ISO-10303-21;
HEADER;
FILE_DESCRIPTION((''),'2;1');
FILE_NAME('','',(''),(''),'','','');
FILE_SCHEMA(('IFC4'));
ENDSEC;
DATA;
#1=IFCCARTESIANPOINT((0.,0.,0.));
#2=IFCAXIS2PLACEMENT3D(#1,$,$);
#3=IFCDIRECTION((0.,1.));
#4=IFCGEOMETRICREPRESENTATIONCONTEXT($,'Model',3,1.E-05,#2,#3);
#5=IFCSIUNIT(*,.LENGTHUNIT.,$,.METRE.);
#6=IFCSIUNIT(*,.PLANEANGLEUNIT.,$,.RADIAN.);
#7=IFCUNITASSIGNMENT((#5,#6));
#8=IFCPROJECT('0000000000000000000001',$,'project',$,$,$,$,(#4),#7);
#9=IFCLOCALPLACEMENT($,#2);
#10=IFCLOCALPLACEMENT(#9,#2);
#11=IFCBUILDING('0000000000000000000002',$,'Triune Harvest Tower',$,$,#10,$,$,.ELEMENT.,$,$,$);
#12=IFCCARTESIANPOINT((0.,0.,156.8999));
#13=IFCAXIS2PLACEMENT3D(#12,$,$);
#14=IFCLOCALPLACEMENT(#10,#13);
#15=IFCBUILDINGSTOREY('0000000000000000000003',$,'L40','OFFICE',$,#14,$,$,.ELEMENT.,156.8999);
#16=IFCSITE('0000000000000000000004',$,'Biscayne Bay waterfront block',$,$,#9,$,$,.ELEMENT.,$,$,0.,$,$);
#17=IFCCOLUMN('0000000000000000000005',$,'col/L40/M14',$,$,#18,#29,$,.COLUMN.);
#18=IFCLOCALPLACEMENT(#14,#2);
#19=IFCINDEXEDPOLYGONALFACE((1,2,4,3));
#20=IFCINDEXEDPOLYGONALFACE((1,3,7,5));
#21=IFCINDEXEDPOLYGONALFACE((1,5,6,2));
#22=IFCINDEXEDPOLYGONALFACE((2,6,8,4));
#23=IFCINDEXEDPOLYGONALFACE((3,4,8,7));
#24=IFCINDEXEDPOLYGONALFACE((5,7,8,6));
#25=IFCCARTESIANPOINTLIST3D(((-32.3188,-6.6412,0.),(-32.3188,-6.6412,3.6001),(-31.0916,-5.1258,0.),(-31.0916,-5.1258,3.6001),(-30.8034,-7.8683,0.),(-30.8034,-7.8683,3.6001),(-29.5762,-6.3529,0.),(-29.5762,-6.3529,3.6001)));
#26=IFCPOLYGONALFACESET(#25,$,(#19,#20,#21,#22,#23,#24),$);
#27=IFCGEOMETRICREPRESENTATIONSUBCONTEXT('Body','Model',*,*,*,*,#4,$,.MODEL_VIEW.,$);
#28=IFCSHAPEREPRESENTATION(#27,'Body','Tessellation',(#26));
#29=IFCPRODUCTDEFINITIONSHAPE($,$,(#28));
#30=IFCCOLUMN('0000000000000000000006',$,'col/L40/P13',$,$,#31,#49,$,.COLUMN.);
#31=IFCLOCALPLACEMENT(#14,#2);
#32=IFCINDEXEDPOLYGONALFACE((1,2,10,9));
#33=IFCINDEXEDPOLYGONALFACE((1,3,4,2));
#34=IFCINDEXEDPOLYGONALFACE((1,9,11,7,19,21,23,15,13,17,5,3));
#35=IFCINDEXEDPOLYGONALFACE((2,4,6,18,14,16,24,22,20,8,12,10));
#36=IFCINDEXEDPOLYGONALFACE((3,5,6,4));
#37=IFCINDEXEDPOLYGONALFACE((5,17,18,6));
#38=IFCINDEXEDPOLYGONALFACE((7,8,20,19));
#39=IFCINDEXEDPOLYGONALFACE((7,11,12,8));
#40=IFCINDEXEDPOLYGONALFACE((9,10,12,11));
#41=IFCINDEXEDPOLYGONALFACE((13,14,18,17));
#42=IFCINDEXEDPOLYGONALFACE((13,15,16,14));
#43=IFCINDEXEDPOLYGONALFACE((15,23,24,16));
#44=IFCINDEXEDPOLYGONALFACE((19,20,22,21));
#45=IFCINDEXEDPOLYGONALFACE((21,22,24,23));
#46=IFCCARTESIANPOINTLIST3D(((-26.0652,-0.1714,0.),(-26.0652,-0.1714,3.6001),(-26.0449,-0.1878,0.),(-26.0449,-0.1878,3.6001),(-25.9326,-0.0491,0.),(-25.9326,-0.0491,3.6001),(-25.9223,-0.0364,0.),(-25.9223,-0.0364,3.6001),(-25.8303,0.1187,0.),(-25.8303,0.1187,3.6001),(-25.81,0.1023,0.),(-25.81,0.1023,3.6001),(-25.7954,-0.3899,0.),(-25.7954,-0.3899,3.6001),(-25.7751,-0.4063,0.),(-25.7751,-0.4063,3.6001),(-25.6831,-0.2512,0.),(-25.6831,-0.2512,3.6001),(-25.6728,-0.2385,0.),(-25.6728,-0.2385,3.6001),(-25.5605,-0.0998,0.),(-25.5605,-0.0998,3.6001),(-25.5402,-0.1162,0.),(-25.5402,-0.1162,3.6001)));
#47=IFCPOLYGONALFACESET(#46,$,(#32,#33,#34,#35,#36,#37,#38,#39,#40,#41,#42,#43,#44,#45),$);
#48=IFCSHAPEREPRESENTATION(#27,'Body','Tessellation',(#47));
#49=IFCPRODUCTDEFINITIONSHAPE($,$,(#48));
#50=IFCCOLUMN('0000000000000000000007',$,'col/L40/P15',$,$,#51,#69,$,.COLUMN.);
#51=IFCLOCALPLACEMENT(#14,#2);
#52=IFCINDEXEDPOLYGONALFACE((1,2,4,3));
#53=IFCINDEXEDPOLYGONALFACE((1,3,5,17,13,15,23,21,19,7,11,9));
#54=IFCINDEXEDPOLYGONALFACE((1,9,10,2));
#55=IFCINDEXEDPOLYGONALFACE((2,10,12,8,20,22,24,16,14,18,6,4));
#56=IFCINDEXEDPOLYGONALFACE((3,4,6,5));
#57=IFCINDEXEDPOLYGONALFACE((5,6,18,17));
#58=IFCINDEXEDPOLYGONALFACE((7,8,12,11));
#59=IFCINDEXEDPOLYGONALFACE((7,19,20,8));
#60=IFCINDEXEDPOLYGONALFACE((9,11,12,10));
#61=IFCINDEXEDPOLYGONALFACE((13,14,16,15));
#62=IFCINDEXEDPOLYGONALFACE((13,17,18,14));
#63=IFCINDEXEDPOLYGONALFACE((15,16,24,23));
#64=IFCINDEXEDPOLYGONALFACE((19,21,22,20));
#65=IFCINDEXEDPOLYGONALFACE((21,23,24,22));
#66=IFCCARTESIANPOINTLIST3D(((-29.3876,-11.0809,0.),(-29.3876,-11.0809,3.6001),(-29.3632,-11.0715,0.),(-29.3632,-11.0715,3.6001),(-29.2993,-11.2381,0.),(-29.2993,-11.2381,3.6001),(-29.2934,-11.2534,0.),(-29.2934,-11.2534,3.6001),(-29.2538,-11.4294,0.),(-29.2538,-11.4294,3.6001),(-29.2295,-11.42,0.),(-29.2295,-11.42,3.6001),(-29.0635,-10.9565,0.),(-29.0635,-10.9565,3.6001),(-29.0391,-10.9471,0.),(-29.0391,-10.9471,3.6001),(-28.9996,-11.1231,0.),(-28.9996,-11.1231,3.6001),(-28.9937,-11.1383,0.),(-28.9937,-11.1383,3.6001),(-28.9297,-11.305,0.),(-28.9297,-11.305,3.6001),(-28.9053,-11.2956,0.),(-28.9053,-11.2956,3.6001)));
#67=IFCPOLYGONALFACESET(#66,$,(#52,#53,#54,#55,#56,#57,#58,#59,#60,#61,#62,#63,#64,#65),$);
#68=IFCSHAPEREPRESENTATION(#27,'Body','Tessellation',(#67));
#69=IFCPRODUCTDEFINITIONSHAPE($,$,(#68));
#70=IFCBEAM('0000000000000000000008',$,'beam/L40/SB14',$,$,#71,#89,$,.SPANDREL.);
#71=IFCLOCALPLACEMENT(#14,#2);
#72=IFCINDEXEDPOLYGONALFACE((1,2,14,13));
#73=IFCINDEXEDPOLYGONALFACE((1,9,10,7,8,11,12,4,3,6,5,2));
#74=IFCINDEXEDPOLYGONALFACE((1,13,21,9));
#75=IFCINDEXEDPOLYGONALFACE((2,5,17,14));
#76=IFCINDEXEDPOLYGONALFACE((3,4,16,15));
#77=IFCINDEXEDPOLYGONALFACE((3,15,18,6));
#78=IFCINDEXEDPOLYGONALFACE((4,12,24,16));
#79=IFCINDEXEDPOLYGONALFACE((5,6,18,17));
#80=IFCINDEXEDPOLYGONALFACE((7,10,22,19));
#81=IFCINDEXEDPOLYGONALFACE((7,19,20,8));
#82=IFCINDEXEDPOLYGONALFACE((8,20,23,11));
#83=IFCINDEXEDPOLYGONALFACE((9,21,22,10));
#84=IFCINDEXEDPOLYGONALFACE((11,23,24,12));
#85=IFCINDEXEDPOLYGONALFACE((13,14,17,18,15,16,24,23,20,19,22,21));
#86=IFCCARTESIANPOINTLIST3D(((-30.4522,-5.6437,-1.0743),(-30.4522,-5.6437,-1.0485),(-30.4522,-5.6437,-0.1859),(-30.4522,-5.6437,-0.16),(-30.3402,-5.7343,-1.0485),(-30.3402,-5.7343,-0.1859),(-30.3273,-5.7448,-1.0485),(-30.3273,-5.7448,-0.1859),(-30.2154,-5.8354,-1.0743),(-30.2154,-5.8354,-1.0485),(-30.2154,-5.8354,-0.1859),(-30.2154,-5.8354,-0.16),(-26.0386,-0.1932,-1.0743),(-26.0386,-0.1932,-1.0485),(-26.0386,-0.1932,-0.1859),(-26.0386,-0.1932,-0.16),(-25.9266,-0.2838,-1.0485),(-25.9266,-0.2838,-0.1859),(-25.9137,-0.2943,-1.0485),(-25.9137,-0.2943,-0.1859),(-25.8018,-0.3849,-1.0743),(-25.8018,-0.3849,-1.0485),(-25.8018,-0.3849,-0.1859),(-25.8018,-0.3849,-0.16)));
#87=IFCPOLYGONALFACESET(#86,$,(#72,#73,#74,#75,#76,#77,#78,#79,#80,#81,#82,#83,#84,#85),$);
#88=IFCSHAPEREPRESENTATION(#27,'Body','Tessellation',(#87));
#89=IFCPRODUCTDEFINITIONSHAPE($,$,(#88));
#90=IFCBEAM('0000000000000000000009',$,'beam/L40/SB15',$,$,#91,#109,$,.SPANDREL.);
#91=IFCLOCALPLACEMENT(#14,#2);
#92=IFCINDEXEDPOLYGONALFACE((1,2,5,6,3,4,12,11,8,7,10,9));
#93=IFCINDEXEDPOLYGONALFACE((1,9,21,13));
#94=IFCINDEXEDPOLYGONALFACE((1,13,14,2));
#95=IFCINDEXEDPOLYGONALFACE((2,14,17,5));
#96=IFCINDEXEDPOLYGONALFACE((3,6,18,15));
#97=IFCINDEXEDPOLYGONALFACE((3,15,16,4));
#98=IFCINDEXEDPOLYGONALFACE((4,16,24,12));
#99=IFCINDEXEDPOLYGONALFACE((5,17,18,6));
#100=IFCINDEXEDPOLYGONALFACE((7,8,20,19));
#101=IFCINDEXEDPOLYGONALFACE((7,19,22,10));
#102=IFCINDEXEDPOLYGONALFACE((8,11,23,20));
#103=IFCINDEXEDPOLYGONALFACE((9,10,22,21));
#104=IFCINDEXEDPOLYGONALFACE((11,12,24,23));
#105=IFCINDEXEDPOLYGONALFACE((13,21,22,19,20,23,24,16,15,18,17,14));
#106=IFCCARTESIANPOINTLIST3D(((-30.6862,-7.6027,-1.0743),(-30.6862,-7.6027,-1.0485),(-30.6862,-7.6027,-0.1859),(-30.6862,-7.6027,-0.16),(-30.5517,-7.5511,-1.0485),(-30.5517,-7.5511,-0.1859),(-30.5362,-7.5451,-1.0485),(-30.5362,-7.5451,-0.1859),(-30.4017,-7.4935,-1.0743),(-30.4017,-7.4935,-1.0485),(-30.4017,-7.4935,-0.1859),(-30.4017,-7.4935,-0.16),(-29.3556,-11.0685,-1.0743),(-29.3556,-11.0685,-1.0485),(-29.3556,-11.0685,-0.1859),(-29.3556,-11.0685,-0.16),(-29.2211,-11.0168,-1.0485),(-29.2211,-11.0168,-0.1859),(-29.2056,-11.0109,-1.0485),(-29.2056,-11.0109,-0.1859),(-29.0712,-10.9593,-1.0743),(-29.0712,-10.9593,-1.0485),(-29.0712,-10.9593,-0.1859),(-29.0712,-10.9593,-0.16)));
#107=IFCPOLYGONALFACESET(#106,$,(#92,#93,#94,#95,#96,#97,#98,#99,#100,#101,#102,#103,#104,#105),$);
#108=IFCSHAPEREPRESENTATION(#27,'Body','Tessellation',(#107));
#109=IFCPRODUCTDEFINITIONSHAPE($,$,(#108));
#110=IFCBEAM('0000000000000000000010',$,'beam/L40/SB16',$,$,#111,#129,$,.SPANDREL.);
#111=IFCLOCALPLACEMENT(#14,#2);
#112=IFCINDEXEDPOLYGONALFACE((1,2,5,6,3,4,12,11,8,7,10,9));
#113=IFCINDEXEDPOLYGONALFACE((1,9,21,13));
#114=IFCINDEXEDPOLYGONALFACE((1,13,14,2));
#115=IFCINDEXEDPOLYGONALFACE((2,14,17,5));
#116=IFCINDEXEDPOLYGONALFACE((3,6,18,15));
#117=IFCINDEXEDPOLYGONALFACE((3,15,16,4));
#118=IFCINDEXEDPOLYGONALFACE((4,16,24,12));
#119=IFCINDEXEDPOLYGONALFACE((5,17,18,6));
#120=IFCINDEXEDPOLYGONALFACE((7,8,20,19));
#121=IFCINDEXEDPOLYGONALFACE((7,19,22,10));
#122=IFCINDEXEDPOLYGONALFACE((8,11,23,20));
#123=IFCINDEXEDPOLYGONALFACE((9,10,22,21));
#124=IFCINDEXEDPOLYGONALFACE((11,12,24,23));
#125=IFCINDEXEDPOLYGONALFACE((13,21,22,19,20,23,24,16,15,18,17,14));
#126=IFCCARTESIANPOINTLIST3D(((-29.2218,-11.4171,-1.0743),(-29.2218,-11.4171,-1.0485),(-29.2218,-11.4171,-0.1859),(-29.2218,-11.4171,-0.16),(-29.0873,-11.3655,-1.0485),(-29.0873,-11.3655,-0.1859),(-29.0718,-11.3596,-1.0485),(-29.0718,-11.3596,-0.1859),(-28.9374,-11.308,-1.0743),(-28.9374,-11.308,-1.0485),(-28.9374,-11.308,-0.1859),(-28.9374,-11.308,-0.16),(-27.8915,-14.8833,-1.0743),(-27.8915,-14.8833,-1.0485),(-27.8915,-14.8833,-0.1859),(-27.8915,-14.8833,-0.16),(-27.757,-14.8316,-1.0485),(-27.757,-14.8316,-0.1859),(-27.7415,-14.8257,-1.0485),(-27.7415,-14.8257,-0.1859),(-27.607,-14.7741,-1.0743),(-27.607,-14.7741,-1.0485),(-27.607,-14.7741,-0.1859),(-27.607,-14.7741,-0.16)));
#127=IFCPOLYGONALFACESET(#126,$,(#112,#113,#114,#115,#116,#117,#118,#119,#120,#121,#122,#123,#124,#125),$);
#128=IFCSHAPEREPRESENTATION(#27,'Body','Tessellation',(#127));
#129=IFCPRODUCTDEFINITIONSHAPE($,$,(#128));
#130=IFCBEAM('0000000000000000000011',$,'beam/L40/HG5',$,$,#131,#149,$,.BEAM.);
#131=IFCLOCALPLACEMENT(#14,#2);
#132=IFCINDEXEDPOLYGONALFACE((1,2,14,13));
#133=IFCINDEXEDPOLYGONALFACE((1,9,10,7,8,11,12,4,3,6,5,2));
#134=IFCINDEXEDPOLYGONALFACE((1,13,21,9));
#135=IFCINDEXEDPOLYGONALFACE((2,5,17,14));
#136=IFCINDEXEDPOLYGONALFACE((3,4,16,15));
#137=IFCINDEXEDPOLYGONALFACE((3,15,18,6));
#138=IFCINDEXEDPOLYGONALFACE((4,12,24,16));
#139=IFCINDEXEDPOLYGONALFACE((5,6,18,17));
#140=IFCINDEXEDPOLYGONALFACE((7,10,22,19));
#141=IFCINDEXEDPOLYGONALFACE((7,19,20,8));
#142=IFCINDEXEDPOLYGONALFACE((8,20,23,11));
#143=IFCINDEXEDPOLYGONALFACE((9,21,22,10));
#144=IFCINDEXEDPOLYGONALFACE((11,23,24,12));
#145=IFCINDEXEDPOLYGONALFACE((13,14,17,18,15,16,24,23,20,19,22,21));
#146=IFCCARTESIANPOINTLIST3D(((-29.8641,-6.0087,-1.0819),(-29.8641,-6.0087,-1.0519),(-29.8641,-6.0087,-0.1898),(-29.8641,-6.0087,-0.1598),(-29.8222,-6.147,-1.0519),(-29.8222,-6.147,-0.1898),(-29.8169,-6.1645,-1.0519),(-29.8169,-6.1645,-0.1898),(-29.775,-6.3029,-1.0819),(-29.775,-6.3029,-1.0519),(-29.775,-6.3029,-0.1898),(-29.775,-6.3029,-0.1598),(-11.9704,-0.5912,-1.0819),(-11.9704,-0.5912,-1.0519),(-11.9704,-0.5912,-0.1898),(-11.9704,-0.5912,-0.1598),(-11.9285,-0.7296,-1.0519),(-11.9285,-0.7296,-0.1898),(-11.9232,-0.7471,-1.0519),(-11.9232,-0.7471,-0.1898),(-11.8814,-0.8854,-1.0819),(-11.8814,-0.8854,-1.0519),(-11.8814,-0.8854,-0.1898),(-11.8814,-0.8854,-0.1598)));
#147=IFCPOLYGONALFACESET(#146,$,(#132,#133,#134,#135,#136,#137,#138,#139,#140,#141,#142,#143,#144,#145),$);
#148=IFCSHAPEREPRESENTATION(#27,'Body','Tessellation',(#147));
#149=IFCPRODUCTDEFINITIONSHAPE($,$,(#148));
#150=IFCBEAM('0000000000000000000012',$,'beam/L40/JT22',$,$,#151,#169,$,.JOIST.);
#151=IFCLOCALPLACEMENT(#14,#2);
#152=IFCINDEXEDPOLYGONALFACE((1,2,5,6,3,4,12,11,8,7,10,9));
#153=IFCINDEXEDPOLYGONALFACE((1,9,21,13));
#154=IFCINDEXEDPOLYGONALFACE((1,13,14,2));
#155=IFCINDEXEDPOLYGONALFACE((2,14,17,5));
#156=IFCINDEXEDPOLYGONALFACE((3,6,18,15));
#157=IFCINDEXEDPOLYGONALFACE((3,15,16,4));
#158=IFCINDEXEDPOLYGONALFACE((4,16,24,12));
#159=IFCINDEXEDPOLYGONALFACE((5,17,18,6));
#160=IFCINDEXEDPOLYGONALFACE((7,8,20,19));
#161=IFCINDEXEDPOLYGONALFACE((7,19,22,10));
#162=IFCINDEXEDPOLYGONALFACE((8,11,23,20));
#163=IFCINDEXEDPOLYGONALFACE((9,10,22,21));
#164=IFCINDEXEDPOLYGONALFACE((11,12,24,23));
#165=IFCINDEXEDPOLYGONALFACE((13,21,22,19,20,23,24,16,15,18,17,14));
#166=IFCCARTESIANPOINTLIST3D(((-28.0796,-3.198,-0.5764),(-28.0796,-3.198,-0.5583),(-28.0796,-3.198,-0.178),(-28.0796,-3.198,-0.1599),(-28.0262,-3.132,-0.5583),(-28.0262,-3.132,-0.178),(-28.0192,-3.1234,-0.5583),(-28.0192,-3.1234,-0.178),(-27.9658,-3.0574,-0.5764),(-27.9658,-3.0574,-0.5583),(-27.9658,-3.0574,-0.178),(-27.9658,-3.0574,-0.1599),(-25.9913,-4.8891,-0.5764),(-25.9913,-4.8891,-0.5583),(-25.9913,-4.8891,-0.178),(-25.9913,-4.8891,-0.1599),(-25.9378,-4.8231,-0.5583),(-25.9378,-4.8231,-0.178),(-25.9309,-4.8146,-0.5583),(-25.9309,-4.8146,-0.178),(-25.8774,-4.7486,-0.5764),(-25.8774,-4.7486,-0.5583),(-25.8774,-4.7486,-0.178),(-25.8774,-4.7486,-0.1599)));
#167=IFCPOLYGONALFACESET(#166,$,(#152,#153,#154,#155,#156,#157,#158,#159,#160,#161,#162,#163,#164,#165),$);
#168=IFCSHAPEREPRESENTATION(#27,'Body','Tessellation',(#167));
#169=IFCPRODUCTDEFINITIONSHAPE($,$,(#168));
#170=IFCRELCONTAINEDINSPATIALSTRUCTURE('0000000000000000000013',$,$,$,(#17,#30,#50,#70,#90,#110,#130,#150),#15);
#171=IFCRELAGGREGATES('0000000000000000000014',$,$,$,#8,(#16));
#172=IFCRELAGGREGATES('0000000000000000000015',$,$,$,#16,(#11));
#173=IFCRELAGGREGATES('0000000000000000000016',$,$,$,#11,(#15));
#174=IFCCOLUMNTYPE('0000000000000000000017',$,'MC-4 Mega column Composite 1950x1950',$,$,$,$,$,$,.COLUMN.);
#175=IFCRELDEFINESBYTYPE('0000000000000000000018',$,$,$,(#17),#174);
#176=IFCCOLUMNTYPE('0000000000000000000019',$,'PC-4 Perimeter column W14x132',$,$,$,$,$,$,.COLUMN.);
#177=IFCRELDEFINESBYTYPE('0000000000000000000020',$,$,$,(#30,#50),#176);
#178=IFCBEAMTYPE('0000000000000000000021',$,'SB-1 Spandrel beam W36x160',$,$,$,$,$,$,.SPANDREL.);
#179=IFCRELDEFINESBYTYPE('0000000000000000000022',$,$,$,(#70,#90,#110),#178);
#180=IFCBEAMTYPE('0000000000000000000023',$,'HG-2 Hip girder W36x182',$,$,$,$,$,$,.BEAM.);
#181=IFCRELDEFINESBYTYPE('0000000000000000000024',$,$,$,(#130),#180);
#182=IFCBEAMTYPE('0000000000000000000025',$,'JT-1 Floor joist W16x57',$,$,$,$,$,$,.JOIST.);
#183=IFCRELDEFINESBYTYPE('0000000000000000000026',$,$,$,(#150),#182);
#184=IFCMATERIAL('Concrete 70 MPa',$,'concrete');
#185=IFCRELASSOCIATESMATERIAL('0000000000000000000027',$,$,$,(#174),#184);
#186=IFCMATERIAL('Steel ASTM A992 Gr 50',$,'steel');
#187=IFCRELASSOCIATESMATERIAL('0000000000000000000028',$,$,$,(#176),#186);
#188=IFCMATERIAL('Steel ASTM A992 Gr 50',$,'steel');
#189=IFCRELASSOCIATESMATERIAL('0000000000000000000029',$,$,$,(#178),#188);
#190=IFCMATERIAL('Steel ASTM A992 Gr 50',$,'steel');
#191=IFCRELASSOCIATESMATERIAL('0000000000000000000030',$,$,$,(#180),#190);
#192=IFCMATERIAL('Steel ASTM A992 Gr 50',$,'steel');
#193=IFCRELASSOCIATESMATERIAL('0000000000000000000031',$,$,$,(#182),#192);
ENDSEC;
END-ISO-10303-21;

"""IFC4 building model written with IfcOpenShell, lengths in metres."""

from ifc_helpers import new_model, si_unit, direction, frame, origin, origin_2d, place, context, subcontext, project, spatial, rectangle, i_section, extrude, source, transform, mapped, material, material_profile, profile_set, type_object, element, save


model = new_model("IFC4")

# Units and contexts
model_context = context("Model", 3, precision=1e-05, world=origin(), true_north=direction((0.0, 1.0)))
body_context = subcontext(model_context, "Body", "Model", "MODEL_VIEW")
ifc_project = project(units=[si_unit("LENGTHUNIT", "METRE"), si_unit("PLANEANGLEUNIT", "RADIAN")], contexts=[model_context])

# Site, building, storey
site_placement = place(None, origin())
site = spatial("IfcSite", under=ifc_project, at=site_placement, Name="Biscayne Bay waterfront block", CompositionType="ELEMENT", RefElevation=0.0)
building_placement = place(site_placement, origin())
building = spatial("IfcBuilding", under=site, at=building_placement, Name="Triune Harvest Tower", CompositionType="ELEMENT")
storey_placement = place(building_placement, frame((0.0, 0.0, 156.8999)))
storey = spatial("IfcBuildingStorey", under=building, at=storey_placement, Name="L40", Description="OFFICE", CompositionType="ELEMENT", Elevation=156.8999)

# Columns
ifc_material_1 = material(Name="Concrete 70 MPa", Category="concrete")
ifc_material_profile_1 = material_profile(ifc_material_1, rectangle(XDim=1.95, YDim=1.95, at=origin_2d()), Name="Composite 1950x1950")
ifc_profile_set_1 = profile_set([ifc_material_profile_1], Name="Concrete 70 MPa")
column_type_1 = type_object("IfcColumnType", Name="MC-4 Mega column Composite 1950x1950", PredefinedType="COLUMN", material=ifc_profile_set_1)
shared_shape_1 = source(origin(), body_context, "Body", "SweptSolid", [
    extrude(rectangle(XDim=1.95, YDim=1.95, at=origin_2d()), origin(), (0.0, 0.0, 1.0), 3.6001),
])
column_placement = place(storey_placement, frame((-30.9475, -6.4971, 0.0), z_axis=(0.0, 0.0, 1.0), x_axis=(-0.629322, -0.777145, 0.0)))
element("IfcColumn", 1, at=column_placement, inside=storey, type_object=column_type_1, Name="col/L40/M14", PredefinedType="COLUMN", context=body_context, shape_type="MappedRepresentation", body=[
    mapped(shared_shape_1, transform((0.0, 0.0, 0.0), scale=1.0)),
])
ifc_material_2 = material(Name="Steel ASTM A992 Gr 50", Category="steel")
ifc_material_profile_2 = material_profile(ifc_material_2, i_section(OverallWidth=0.3733, OverallDepth=0.3733, WebThickness=0.0164, FlangeThickness=0.0261, at=origin_2d()), Name="W14x132")
ifc_profile_set_2 = profile_set([ifc_material_profile_2], Name="Steel ASTM A992 Gr 50")
column_type_2 = type_object("IfcColumnType", Name="PC-4 Perimeter column W14x132", PredefinedType="COLUMN", material=ifc_profile_set_2)
shared_shape_2 = source(origin(), body_context, "Body", "SweptSolid", [
    extrude(i_section(OverallWidth=0.3733, OverallDepth=0.3733, WebThickness=0.0164, FlangeThickness=0.0261, at=origin_2d()), origin(), (0.0, 0.0, 1.0), 3.6001),
])
for number, where, z_axis, x_axis, name in (
    (2, (-25.8027, -0.1438, 0.0), (0.0, 0.0, 1.0), (-0.629322, -0.777145, 0.0), "col/L40/P13"),
    (3, (-29.1465, -11.1882, 0.0), (0.0, 0.0, 1.0), (0.358366, -0.933581, 0.0), "col/L40/P15"),
):
    element("IfcColumn", number, at=place(storey_placement, frame(where, z_axis=z_axis, x_axis=x_axis)), inside=storey, type_object=column_type_2, Name=name, PredefinedType="COLUMN", context=body_context, shape_type="MappedRepresentation", body=[
        mapped(shared_shape_2, transform((0.0, 0.0, 0.0), scale=1.0)),
    ])

# Beams
ifc_material_3 = material(Name="Steel ASTM A992 Gr 50", Category="steel")
ifc_material_profile_3 = material_profile(ifc_material_3, i_section(OverallWidth=0.3047, OverallDepth=0.9143, WebThickness=0.0166, FlangeThickness=0.0259, at=origin_2d()), Name="W36x160")
ifc_profile_set_3 = profile_set([ifc_material_profile_3], Name="Steel ASTM A992 Gr 50")
beam_type_1 = type_object("IfcBeamType", Name="SB-1 Spandrel beam W36x160", PredefinedType="SPANDREL", material=ifc_profile_set_3)
shared_shape_3 = source(origin(), body_context, "Body", "SweptSolid", [
    extrude(i_section(OverallWidth=0.3047, OverallDepth=0.9143, WebThickness=0.0166, FlangeThickness=0.0259, at=origin_2d()), origin(), (0.0, 0.0, 1.0), 7.0134),
])
beam_1_placement = place(storey_placement, frame((-25.9202, -0.2891, -0.6172), z_axis=(-0.629311, -0.777153, 0.0), x_axis=(0.777153, -0.629311, 0.0)))
element("IfcBeam", 4, at=beam_1_placement, inside=storey, type_object=beam_type_1, Name="beam/L40/SB14", PredefinedType="SPANDREL", context=body_context, shape_type="MappedRepresentation", body=[
    mapped(shared_shape_3, transform((0.0, 0.0, 0.0), scale=1.0)),
])
shared_shape_4 = source(origin(), body_context, "Body", "SweptSolid", [
    extrude(i_section(OverallWidth=0.3047, OverallDepth=0.9143, WebThickness=0.0166, FlangeThickness=0.0259, at=origin_2d()), origin(), (0.0, 0.0, 1.0), 3.7124),
])
beam_2_placement = place(storey_placement, frame((-30.5439, -7.5481, -0.6172), z_axis=(0.358406, -0.933566, 0.0), x_axis=(0.933566, 0.358406, 0.0)))
element("IfcBeam", 5, at=beam_2_placement, inside=storey, type_object=beam_type_1, Name="beam/L40/SB15", PredefinedType="SPANDREL", context=body_context, shape_type="MappedRepresentation", body=[
    mapped(shared_shape_4, transform((0.0, 0.0, 0.0), scale=1.0)),
])
shared_shape_5 = source(origin(), body_context, "Body", "SweptSolid", [
    extrude(i_section(OverallWidth=0.3047, OverallDepth=0.9143, WebThickness=0.0166, FlangeThickness=0.0259, at=origin_2d()), origin(), (0.0, 0.0, 1.0), 3.7126),
])
beam_3_placement = place(storey_placement, frame((-29.0796, -11.3625, -0.6172), z_axis=(0.358327, -0.933596, 0.0), x_axis=(0.933596, 0.358327, 0.0)))
element("IfcBeam", 6, at=beam_3_placement, inside=storey, type_object=beam_type_1, Name="beam/L40/SB16", PredefinedType="SPANDREL", context=body_context, shape_type="MappedRepresentation", body=[
    mapped(shared_shape_5, transform((0.0, 0.0, 0.0), scale=1.0)),
])
ifc_material_4 = material(Name="Steel ASTM A992 Gr 50", Category="steel")
ifc_material_profile_4 = material_profile(ifc_material_4, i_section(OverallWidth=0.3074, OverallDepth=0.9221, WebThickness=0.0183, FlangeThickness=0.03, at=origin_2d()), Name="W36x182")
ifc_profile_set_4 = profile_set([ifc_material_profile_4], Name="Steel ASTM A992 Gr 50")
beam_type_2 = type_object("IfcBeamType", Name="HG-2 Hip girder W36x182", PredefinedType="BEAM", material=ifc_profile_set_4)
shared_shape_6 = source(origin(), body_context, "Body", "SweptSolid", [
    extrude(i_section(OverallWidth=0.3074, OverallDepth=0.9221, WebThickness=0.0183, FlangeThickness=0.03, at=origin_2d()), origin(), (0.0, 0.0, 1.0), 18.6958),
])
beam_4_placement = place(storey_placement, frame((-29.8196, -6.1558, -0.6208), z_axis=(0.957097, 0.289768, 0.0), x_axis=(-0.289768, 0.957097, 0.0)))
element("IfcBeam", 7, at=beam_4_placement, inside=storey, type_object=beam_type_2, Name="beam/L40/HG5", PredefinedType="BEAM", context=body_context, shape_type="MappedRepresentation", body=[
    mapped(shared_shape_6, transform((0.0, 0.0, 0.0), scale=1.0)),
])
ifc_material_5 = material(Name="Steel ASTM A992 Gr 50", Category="steel")
ifc_material_profile_5 = material_profile(ifc_material_5, i_section(OverallWidth=0.1809, OverallDepth=0.4165, WebThickness=0.011, FlangeThickness=0.0181, at=origin_2d()), Name="W16x57")
ifc_profile_set_5 = profile_set([ifc_material_profile_5], Name="Steel ASTM A992 Gr 50")
beam_type_3 = type_object("IfcBeamType", Name="JT-1 Floor joist W16x57", PredefinedType="JOIST", material=ifc_profile_set_5)
shared_shape_7 = source(origin(), body_context, "Body", "SweptSolid", [
    extrude(i_section(OverallWidth=0.1809, OverallDepth=0.4165, WebThickness=0.011, FlangeThickness=0.0181, at=origin_2d()), origin(), (0.0, 0.0, 1.0), 2.6873),
])
beam_5_placement = place(storey_placement, frame((-28.0227, -3.1277, -0.3682), z_axis=(0.777141, -0.629326, 0.0), x_axis=(0.629326, 0.777141, 0.0)))
element("IfcBeam", 8, at=beam_5_placement, inside=storey, type_object=beam_type_3, Name="beam/L40/JT22", PredefinedType="JOIST", context=body_context, shape_type="MappedRepresentation", body=[
    mapped(shared_shape_7, transform((0.0, 0.0, 0.0), scale=1.0)),
])

save(model, "model.ifc")
